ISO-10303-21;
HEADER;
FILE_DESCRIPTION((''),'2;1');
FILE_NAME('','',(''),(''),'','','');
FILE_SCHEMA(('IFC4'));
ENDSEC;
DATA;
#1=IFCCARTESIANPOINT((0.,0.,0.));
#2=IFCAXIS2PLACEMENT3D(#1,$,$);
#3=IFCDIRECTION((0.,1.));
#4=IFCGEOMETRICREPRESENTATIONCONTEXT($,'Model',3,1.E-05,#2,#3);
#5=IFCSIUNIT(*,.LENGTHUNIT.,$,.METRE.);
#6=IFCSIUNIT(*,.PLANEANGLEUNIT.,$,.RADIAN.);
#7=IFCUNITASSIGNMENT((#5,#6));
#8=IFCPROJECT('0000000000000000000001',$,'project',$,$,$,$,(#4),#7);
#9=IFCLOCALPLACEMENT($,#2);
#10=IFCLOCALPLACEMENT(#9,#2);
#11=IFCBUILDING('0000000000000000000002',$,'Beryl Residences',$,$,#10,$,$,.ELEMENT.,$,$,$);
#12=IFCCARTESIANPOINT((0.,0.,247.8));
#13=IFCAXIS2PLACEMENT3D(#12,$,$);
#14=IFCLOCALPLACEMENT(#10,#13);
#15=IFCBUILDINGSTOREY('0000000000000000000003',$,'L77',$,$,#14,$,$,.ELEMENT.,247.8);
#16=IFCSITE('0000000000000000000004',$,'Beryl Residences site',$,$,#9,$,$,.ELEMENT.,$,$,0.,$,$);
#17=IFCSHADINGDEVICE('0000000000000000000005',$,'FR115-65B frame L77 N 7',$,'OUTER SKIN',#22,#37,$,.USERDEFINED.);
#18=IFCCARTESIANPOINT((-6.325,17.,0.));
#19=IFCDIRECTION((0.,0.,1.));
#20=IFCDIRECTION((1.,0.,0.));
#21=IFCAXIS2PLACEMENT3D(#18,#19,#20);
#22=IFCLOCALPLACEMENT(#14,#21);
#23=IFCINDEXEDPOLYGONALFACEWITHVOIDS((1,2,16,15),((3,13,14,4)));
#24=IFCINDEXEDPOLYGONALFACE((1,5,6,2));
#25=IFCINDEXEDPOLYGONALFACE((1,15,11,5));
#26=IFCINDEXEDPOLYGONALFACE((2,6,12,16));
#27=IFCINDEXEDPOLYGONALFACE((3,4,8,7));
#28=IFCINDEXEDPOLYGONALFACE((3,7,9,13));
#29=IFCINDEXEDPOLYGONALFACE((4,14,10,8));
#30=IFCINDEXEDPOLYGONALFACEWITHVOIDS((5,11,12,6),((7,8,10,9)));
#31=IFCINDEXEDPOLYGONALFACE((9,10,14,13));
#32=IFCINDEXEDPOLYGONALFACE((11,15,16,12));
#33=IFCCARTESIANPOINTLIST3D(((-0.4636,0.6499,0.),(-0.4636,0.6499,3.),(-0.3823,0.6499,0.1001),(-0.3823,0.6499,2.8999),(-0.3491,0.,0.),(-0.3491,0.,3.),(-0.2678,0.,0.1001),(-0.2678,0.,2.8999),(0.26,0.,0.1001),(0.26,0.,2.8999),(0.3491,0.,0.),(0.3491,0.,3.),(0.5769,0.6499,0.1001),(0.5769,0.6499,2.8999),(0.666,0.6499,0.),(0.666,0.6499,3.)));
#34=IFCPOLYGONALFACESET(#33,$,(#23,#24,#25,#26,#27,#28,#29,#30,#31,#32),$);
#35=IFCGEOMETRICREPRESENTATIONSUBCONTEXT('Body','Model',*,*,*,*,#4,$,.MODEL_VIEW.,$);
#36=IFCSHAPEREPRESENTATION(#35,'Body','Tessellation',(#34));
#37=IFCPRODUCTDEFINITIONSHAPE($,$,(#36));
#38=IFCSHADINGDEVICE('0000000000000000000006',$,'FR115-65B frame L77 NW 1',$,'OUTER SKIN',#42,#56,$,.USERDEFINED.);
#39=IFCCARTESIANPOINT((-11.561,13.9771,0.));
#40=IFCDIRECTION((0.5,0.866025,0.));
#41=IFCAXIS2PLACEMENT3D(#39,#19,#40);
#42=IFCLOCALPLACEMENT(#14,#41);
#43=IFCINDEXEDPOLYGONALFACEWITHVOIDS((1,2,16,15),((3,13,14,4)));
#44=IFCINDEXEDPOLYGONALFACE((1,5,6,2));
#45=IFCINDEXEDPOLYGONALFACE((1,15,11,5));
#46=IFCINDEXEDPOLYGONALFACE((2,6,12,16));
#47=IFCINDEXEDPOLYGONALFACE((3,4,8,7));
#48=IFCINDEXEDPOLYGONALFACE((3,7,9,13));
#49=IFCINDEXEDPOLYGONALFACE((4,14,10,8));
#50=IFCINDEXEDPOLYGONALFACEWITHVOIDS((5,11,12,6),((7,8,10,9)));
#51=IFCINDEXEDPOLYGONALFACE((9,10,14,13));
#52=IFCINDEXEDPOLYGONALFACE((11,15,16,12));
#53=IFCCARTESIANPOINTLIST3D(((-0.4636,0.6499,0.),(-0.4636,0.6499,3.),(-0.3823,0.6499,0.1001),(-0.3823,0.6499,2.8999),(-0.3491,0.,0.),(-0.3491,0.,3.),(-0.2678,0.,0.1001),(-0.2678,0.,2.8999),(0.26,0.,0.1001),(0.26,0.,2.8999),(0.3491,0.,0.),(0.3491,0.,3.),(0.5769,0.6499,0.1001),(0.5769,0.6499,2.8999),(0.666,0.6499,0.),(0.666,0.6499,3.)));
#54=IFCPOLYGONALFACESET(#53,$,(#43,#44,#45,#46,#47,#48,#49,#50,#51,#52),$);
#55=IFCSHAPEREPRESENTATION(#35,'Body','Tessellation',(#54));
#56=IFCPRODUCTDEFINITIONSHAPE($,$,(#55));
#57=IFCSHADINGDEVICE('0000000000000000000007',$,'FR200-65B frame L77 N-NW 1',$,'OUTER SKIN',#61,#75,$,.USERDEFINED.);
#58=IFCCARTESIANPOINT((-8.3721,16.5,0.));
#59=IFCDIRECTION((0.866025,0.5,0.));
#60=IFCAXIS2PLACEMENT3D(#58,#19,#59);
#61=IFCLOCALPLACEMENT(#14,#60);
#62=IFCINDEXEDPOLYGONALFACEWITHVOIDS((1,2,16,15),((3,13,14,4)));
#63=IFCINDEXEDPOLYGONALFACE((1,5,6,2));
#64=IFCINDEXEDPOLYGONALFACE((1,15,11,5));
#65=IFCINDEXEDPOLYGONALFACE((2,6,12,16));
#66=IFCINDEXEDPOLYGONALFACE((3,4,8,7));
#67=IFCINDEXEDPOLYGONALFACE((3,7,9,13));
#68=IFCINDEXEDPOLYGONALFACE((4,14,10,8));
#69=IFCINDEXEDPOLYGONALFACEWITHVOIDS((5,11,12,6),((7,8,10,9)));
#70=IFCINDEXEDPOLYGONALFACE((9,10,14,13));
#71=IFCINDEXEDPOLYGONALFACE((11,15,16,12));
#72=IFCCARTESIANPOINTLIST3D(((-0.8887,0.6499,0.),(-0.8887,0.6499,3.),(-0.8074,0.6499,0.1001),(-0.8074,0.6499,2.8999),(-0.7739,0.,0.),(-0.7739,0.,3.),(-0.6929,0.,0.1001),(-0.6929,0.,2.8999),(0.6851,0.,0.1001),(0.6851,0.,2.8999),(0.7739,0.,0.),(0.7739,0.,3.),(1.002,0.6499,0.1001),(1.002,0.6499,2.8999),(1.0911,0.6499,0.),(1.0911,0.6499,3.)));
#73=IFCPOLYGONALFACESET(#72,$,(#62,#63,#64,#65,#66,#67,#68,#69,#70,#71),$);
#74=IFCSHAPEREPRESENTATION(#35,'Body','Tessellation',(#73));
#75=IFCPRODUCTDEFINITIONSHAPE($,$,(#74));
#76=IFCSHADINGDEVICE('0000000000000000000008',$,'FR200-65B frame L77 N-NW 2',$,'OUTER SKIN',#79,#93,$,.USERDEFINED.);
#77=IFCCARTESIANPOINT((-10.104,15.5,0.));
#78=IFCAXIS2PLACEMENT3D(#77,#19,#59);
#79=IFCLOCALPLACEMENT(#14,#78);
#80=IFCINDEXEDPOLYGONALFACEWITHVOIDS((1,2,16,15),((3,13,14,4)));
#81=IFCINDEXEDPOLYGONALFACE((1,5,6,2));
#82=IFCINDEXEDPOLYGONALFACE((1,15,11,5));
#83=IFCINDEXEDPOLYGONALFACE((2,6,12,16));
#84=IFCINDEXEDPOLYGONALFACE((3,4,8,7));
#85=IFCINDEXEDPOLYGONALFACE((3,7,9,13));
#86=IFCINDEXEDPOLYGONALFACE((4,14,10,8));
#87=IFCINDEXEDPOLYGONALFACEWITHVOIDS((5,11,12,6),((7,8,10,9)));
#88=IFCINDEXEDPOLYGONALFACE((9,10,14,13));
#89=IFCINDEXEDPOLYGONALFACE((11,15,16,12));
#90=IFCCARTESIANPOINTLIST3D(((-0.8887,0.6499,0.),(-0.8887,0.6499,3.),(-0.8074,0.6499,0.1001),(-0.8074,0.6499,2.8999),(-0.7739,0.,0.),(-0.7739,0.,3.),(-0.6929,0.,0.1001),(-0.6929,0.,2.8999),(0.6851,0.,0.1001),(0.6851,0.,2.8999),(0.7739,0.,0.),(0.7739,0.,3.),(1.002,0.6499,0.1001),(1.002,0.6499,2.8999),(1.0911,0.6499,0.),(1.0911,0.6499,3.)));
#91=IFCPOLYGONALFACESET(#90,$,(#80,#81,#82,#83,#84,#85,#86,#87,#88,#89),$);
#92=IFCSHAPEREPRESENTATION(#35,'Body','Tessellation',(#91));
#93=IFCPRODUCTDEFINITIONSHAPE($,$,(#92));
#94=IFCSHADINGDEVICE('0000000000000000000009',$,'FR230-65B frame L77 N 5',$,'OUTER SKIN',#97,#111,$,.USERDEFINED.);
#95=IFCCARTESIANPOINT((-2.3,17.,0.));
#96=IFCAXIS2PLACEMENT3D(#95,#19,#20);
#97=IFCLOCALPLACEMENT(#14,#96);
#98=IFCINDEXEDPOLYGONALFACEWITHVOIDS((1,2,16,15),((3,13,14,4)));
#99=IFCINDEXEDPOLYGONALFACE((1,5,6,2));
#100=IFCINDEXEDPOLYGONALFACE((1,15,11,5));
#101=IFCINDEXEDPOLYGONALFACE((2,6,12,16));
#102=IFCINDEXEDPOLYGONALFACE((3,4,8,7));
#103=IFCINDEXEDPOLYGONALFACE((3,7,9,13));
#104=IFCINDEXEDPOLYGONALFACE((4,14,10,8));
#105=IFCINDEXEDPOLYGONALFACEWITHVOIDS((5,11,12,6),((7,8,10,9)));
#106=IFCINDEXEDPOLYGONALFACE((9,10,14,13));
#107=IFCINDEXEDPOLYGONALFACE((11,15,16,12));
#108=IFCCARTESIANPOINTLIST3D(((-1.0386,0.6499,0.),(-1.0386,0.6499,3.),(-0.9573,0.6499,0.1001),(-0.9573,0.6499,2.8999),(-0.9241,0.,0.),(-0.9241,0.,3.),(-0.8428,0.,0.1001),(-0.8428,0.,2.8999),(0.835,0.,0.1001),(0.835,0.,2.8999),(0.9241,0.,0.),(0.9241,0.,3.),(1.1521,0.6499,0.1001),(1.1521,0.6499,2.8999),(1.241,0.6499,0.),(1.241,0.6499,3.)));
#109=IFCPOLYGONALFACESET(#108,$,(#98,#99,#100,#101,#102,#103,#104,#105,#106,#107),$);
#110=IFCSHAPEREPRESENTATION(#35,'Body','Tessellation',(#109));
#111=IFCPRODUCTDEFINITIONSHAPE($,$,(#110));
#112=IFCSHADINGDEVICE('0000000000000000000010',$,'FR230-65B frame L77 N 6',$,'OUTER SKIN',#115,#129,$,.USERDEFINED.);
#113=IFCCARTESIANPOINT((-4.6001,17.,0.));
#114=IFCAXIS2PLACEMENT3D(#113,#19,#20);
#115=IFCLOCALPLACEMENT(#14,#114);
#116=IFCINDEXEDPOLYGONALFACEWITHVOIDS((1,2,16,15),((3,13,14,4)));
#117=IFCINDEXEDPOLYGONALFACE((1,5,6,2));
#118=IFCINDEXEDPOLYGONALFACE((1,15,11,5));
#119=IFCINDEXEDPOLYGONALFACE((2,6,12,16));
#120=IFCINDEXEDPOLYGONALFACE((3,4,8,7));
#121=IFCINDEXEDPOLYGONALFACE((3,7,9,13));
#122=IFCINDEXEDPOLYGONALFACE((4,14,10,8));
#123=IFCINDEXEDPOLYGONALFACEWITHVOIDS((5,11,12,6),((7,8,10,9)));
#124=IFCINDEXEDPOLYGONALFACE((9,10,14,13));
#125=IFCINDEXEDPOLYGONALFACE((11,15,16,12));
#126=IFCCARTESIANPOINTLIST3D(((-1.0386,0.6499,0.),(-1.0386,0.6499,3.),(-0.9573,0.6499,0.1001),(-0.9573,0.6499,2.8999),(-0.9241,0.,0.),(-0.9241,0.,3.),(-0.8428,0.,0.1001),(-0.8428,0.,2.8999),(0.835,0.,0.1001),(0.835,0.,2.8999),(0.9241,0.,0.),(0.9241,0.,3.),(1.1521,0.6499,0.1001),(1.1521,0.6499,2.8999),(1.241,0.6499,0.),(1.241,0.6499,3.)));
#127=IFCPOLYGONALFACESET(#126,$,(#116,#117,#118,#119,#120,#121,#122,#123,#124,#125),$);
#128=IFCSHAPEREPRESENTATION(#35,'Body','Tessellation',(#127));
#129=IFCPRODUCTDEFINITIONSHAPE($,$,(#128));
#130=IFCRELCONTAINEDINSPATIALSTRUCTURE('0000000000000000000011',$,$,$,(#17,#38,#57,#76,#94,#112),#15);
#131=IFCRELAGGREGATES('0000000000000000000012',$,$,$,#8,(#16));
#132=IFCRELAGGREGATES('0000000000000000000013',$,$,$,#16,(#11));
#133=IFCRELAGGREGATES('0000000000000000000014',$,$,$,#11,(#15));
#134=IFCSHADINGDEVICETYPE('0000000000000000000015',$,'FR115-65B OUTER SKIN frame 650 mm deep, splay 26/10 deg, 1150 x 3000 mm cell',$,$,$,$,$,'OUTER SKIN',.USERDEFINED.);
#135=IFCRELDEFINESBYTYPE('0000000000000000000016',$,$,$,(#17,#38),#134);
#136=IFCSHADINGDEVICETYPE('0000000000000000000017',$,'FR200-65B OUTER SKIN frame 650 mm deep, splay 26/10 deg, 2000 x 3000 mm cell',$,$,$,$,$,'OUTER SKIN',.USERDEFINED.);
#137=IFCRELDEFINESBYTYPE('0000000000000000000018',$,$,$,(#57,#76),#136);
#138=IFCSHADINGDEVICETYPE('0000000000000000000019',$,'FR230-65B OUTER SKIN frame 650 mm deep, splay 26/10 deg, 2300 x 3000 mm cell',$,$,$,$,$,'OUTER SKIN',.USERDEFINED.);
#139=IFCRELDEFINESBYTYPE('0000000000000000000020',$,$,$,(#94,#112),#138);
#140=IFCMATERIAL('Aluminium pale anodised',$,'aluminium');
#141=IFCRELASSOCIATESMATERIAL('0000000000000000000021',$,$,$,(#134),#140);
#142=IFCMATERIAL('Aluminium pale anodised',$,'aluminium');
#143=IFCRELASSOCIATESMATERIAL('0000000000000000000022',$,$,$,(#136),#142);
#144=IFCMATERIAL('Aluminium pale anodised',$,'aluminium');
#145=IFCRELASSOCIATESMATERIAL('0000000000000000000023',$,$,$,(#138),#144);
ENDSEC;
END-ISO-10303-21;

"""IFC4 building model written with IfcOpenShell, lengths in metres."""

from ifc_helpers import new_model, entity, si_unit, direction, frame, origin, place, context, subcontext, project, spatial, source, transform, mapped, material, type_object, type_shapes, element, save


model = new_model("IFC4")

# Units and contexts
model_context = context("Model", 3, precision=1e-05, world=origin(), true_north=direction((0.0, 1.0)))
body_context = subcontext(model_context, "Body", "Model", "MODEL_VIEW")
ifc_project = project(units=[si_unit("LENGTHUNIT", "METRE"), si_unit("PLANEANGLEUNIT", "RADIAN")], contexts=[model_context])

# Site, building, storey
site_placement = place(None, origin())
site = spatial("IfcSite", under=ifc_project, at=site_placement, Name="Beryl Residences site", CompositionType="ELEMENT", RefElevation=0.0)
building_placement = place(site_placement, origin())
building = spatial("IfcBuilding", under=site, at=building_placement, Name="Beryl Residences", CompositionType="ELEMENT")
storey_placement = place(building_placement, frame((0.0, 0.0, 247.8)))
storey = spatial("IfcBuildingStorey", under=building, at=storey_placement, Name="L77", CompositionType="ELEMENT", Elevation=247.8)

# Shading devices
ifc_material_1 = material(Name="Aluminium pale anodised", Category="aluminium")
shading_device_type_1 = type_object("IfcShadingDeviceType", Name="FR115-65B OUTER SKIN frame 650 mm deep, splay 26/10 deg, 1150 x 3000 mm cell", ElementType="OUTER SKIN", PredefinedType="USERDEFINED", material=ifc_material_1)
cartesian_point_1 = entity("IfcCartesianPoint", [-0.3491, 0.0])
cartesian_point_2 = entity("IfcCartesianPoint", [-0.26, 0.1001])
cartesian_point_3 = entity("IfcCartesianPoint", [-0.666, 0.0])
cartesian_point_4 = entity("IfcCartesianPoint", [-0.5769, 0.1001])
shared_shape_1 = source(origin(), body_context, "Body", "SweptSolid", [
    entity("IfcExtrudedAreaSolidTapered", entity("IfcArbitraryProfileDefWithVoids", "AREA", None, entity("IfcPolyline", [cartesian_point_1, entity("IfcCartesianPoint", [0.3491, 0.0]), entity("IfcCartesianPoint", [0.3491, 3.0]), entity("IfcCartesianPoint", [-0.3491, 3.0]), cartesian_point_1]), [entity("IfcPolyline", [cartesian_point_2, entity("IfcCartesianPoint", [0.2678, 0.1001]), entity("IfcCartesianPoint", [0.2678, 2.8999]), entity("IfcCartesianPoint", [-0.26, 2.8999]), cartesian_point_2])]), entity("IfcAxis2Placement3D", entity("IfcCartesianPoint", [0.0, 0.0, 0.0]), entity("IfcDirection", [0.0, 1.0, 0.0]), entity("IfcDirection", [-1.0, 0.0, 0.0])), entity("IfcDirection", [0.0, 0.0, 1.0]), 0.6499, entity("IfcArbitraryProfileDefWithVoids", "AREA", None, entity("IfcPolyline", [cartesian_point_3, entity("IfcCartesianPoint", [0.4636, 0.0]), entity("IfcCartesianPoint", [0.4636, 3.0]), entity("IfcCartesianPoint", [-0.666, 3.0]), cartesian_point_3]), [entity("IfcPolyline", [cartesian_point_4, entity("IfcCartesianPoint", [0.3823, 0.1001]), entity("IfcCartesianPoint", [0.3823, 2.8999]), entity("IfcCartesianPoint", [-0.5769, 2.8999]), cartesian_point_4])])),
])
type_shapes(shading_device_type_1, [shared_shape_1])
for number, where, z_axis, x_axis, name in (
    (1, (-6.325, 17.0, 0.0), (0.0, 0.0, 1.0), (1.0, 0.0, 0.0), "FR115-65B frame L77 N 7"),
    (2, (-11.561, 13.9771, 0.0), (0.0, 0.0, 1.0), (0.5, 0.866025, 0.0), "FR115-65B frame L77 NW 1"),
):
    element("IfcShadingDevice", number, at=place(storey_placement, frame(where, z_axis=z_axis, x_axis=x_axis)), inside=storey, type_object=shading_device_type_1, Name=name, ObjectType="OUTER SKIN", PredefinedType="USERDEFINED", context=body_context, shape_type="MappedRepresentation", body=[
        mapped(shared_shape_1, transform((0.0, 0.0, 0.0))),
    ])
ifc_material_2 = material(Name="Aluminium pale anodised", Category="aluminium")
shading_device_type_2 = type_object("IfcShadingDeviceType", Name="FR200-65B OUTER SKIN frame 650 mm deep, splay 26/10 deg, 2000 x 3000 mm cell", ElementType="OUTER SKIN", PredefinedType="USERDEFINED", material=ifc_material_2)
cartesian_point_5 = entity("IfcCartesianPoint", [-0.7739, 0.0])
cartesian_point_6 = entity("IfcCartesianPoint", [-0.6851, 0.1001])
cartesian_point_7 = entity("IfcCartesianPoint", [-1.0911, 0.0])
cartesian_point_8 = entity("IfcCartesianPoint", [-1.002, 0.1001])
shared_shape_2 = source(origin(), body_context, "Body", "SweptSolid", [
    entity("IfcExtrudedAreaSolidTapered", entity("IfcArbitraryProfileDefWithVoids", "AREA", None, entity("IfcPolyline", [cartesian_point_5, entity("IfcCartesianPoint", [0.7739, 0.0]), entity("IfcCartesianPoint", [0.7739, 3.0]), entity("IfcCartesianPoint", [-0.7739, 3.0]), cartesian_point_5]), [entity("IfcPolyline", [cartesian_point_6, entity("IfcCartesianPoint", [0.6929, 0.1001]), entity("IfcCartesianPoint", [0.6929, 2.8999]), entity("IfcCartesianPoint", [-0.6851, 2.8999]), cartesian_point_6])]), entity("IfcAxis2Placement3D", entity("IfcCartesianPoint", [0.0, 0.0, 0.0]), entity("IfcDirection", [0.0, 1.0, 0.0]), entity("IfcDirection", [-1.0, 0.0, 0.0])), entity("IfcDirection", [0.0, 0.0, 1.0]), 0.6499, entity("IfcArbitraryProfileDefWithVoids", "AREA", None, entity("IfcPolyline", [cartesian_point_7, entity("IfcCartesianPoint", [0.8887, 0.0]), entity("IfcCartesianPoint", [0.8887, 3.0]), entity("IfcCartesianPoint", [-1.0911, 3.0]), cartesian_point_7]), [entity("IfcPolyline", [cartesian_point_8, entity("IfcCartesianPoint", [0.8074, 0.1001]), entity("IfcCartesianPoint", [0.8074, 2.8999]), entity("IfcCartesianPoint", [-1.002, 2.8999]), cartesian_point_8])])),
])
type_shapes(shading_device_type_2, [shared_shape_2])
for number, where, z_axis, x_axis, name in (
    (3, (-8.3721, 16.5, 0.0), (0.0, 0.0, 1.0), (0.866025, 0.5, 0.0), "FR200-65B frame L77 N-NW 1"),
    (4, (-10.104, 15.5, 0.0), (0.0, 0.0, 1.0), (0.866025, 0.5, 0.0), "FR200-65B frame L77 N-NW 2"),
):
    element("IfcShadingDevice", number, at=place(storey_placement, frame(where, z_axis=z_axis, x_axis=x_axis)), inside=storey, type_object=shading_device_type_2, Name=name, ObjectType="OUTER SKIN", PredefinedType="USERDEFINED", context=body_context, shape_type="MappedRepresentation", body=[
        mapped(shared_shape_2, transform((0.0, 0.0, 0.0))),
    ])
ifc_material_3 = material(Name="Aluminium pale anodised", Category="aluminium")
shading_device_type_3 = type_object("IfcShadingDeviceType", Name="FR230-65B OUTER SKIN frame 650 mm deep, splay 26/10 deg, 2300 x 3000 mm cell", ElementType="OUTER SKIN", PredefinedType="USERDEFINED", material=ifc_material_3)
cartesian_point_9 = entity("IfcCartesianPoint", [-0.9241, 0.0])
cartesian_point_10 = entity("IfcCartesianPoint", [-0.835, 0.1001])
cartesian_point_11 = entity("IfcCartesianPoint", [-1.241, 0.0])
cartesian_point_12 = entity("IfcCartesianPoint", [-1.1521, 0.1001])
shared_shape_3 = source(origin(), body_context, "Body", "SweptSolid", [
    entity("IfcExtrudedAreaSolidTapered", entity("IfcArbitraryProfileDefWithVoids", "AREA", None, entity("IfcPolyline", [cartesian_point_9, entity("IfcCartesianPoint", [0.9241, 0.0]), entity("IfcCartesianPoint", [0.9241, 3.0]), entity("IfcCartesianPoint", [-0.9241, 3.0]), cartesian_point_9]), [entity("IfcPolyline", [cartesian_point_10, entity("IfcCartesianPoint", [0.8428, 0.1001]), entity("IfcCartesianPoint", [0.8428, 2.8999]), entity("IfcCartesianPoint", [-0.835, 2.8999]), cartesian_point_10])]), entity("IfcAxis2Placement3D", entity("IfcCartesianPoint", [0.0, 0.0, 0.0]), entity("IfcDirection", [0.0, 1.0, 0.0]), entity("IfcDirection", [-1.0, 0.0, 0.0])), entity("IfcDirection", [0.0, 0.0, 1.0]), 0.6499, entity("IfcArbitraryProfileDefWithVoids", "AREA", None, entity("IfcPolyline", [cartesian_point_11, entity("IfcCartesianPoint", [1.0386, 0.0]), entity("IfcCartesianPoint", [1.0386, 3.0]), entity("IfcCartesianPoint", [-1.241, 3.0]), cartesian_point_11]), [entity("IfcPolyline", [cartesian_point_12, entity("IfcCartesianPoint", [0.9573, 0.1001]), entity("IfcCartesianPoint", [0.9573, 2.8999]), entity("IfcCartesianPoint", [-1.1521, 2.8999]), cartesian_point_12])])),
])
type_shapes(shading_device_type_3, [shared_shape_3])
for number, where, z_axis, x_axis, name in (
    (5, (-2.3, 17.0, 0.0), (0.0, 0.0, 1.0), (1.0, 0.0, 0.0), "FR230-65B frame L77 N 5"),
    (6, (-4.6001, 17.0, 0.0), (0.0, 0.0, 1.0), (1.0, 0.0, 0.0), "FR230-65B frame L77 N 6"),
):
    element("IfcShadingDevice", number, at=place(storey_placement, frame(where, z_axis=z_axis, x_axis=x_axis)), inside=storey, type_object=shading_device_type_3, Name=name, ObjectType="OUTER SKIN", PredefinedType="USERDEFINED", context=body_context, shape_type="MappedRepresentation", body=[
        mapped(shared_shape_3, transform((0.0, 0.0, 0.0))),
    ])

save(model, "model.ifc")
